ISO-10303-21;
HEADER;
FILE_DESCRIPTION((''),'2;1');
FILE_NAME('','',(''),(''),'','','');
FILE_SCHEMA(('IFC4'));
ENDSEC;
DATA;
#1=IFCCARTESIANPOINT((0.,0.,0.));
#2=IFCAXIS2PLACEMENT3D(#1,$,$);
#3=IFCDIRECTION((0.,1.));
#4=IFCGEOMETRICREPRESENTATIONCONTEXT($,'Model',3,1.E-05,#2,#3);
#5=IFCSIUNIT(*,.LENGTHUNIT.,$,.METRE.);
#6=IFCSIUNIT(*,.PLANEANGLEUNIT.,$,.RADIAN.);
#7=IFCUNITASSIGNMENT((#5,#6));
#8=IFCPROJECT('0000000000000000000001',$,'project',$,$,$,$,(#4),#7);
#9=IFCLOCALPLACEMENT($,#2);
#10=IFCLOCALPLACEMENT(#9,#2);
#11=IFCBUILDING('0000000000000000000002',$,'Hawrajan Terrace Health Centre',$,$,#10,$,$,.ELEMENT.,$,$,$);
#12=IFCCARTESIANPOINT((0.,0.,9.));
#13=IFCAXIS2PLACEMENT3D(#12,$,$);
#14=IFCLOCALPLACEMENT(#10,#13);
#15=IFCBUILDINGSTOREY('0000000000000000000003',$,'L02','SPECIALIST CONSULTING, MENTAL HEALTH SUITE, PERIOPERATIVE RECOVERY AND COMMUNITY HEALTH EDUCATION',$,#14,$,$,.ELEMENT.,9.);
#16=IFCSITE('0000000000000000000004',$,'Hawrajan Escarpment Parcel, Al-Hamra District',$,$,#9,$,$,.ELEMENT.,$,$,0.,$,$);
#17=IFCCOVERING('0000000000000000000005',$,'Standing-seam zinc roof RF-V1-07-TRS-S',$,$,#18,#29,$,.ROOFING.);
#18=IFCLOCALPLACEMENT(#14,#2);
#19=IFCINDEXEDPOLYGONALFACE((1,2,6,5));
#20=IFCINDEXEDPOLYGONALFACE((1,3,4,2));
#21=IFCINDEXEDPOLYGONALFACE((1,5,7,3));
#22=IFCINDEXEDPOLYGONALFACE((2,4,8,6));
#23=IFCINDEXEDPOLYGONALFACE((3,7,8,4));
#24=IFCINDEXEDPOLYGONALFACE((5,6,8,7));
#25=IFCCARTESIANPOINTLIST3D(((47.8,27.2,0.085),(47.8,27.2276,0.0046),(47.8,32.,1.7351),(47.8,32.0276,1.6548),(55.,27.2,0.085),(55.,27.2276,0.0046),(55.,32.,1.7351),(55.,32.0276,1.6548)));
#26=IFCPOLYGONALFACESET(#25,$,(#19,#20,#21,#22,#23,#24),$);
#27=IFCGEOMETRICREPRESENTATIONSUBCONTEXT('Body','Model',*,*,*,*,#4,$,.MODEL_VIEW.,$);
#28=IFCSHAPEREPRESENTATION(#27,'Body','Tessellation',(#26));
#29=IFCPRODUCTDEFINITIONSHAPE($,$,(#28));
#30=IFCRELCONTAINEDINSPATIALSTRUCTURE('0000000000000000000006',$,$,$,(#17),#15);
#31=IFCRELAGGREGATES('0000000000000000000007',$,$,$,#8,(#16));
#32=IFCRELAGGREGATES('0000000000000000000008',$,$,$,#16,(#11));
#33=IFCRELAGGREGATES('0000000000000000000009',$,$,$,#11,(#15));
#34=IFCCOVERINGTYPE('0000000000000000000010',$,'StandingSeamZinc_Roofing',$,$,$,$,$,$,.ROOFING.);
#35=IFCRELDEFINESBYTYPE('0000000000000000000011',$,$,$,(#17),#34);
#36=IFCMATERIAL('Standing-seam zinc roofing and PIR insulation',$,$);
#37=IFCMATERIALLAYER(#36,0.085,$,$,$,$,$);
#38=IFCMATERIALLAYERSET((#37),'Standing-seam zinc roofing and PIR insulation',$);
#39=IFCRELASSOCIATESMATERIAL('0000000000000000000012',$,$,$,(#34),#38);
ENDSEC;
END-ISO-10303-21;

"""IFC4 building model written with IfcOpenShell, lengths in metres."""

from ifc_helpers import new_model, si_unit, direction, frame, origin, place, context, subcontext, project, spatial, polyline, outline, extrude, material, layer, layer_set, type_object, element, save


model = new_model("IFC4")

# Units and contexts
model_context = context("Model", 3, precision=1e-05, world=origin(), true_north=direction((0.0, 1.0)))
body_context = subcontext(model_context, "Body", "Model", "MODEL_VIEW")
ifc_project = project(units=[si_unit("LENGTHUNIT", "METRE"), si_unit("PLANEANGLEUNIT", "RADIAN")], contexts=[model_context])

# Site, building, storey
site_placement = place(None, origin())
site = spatial("IfcSite", under=ifc_project, at=site_placement, Name="Hawrajan Escarpment Parcel, Al-Hamra District", CompositionType="ELEMENT", RefElevation=0.0)
building_placement = place(site_placement, origin())
building = spatial("IfcBuilding", under=site, at=building_placement, Name="Hawrajan Terrace Health Centre", CompositionType="ELEMENT")
storey_placement = place(building_placement, frame((0.0, 0.0, 9.0)))
storey = spatial("IfcBuildingStorey", under=building, at=storey_placement, Name="L02", Description="SPECIALIST CONSULTING, MENTAL HEALTH SUITE, PERIOPERATIVE RECOVERY AND COMMUNITY HEALTH EDUCATION", CompositionType="ELEMENT", Elevation=9.0)

# Covering
ifc_material_1 = material(Name="Standing-seam zinc roofing and PIR insulation")
ifc_layer_1 = layer(ifc_material_1, 0.085)
ifc_layer_set_1 = layer_set([ifc_layer_1], Name="Standing-seam zinc roofing and PIR insulation")
covering_type = type_object("IfcCoveringType", Name="StandingSeamZinc_Roofing", PredefinedType="ROOFING", material=ifc_layer_set_1)
covering_placement = place(storey_placement, frame((47.8, 27.2, 0.085), z_axis=(0.0, -0.325103, 0.945679), x_axis=(1.0, 0.0, 0.0)))
element("IfcCovering", 1, at=covering_placement, inside=storey, type_object=covering_type, Name="Standing-seam zinc roof RF-V1-07-TRS-S", PredefinedType="ROOFING", context=body_context, shape_type="SweptSolid", body=[
    extrude(outline(polyline([(0.0, 0.0), (7.2, 0.0), (7.2, 5.0758), (0.0, 5.0758), (0.0, 0.0)])), origin(), (0.0, 0.0, -1.0), 0.085),
])

save(model, "model.ifc")
